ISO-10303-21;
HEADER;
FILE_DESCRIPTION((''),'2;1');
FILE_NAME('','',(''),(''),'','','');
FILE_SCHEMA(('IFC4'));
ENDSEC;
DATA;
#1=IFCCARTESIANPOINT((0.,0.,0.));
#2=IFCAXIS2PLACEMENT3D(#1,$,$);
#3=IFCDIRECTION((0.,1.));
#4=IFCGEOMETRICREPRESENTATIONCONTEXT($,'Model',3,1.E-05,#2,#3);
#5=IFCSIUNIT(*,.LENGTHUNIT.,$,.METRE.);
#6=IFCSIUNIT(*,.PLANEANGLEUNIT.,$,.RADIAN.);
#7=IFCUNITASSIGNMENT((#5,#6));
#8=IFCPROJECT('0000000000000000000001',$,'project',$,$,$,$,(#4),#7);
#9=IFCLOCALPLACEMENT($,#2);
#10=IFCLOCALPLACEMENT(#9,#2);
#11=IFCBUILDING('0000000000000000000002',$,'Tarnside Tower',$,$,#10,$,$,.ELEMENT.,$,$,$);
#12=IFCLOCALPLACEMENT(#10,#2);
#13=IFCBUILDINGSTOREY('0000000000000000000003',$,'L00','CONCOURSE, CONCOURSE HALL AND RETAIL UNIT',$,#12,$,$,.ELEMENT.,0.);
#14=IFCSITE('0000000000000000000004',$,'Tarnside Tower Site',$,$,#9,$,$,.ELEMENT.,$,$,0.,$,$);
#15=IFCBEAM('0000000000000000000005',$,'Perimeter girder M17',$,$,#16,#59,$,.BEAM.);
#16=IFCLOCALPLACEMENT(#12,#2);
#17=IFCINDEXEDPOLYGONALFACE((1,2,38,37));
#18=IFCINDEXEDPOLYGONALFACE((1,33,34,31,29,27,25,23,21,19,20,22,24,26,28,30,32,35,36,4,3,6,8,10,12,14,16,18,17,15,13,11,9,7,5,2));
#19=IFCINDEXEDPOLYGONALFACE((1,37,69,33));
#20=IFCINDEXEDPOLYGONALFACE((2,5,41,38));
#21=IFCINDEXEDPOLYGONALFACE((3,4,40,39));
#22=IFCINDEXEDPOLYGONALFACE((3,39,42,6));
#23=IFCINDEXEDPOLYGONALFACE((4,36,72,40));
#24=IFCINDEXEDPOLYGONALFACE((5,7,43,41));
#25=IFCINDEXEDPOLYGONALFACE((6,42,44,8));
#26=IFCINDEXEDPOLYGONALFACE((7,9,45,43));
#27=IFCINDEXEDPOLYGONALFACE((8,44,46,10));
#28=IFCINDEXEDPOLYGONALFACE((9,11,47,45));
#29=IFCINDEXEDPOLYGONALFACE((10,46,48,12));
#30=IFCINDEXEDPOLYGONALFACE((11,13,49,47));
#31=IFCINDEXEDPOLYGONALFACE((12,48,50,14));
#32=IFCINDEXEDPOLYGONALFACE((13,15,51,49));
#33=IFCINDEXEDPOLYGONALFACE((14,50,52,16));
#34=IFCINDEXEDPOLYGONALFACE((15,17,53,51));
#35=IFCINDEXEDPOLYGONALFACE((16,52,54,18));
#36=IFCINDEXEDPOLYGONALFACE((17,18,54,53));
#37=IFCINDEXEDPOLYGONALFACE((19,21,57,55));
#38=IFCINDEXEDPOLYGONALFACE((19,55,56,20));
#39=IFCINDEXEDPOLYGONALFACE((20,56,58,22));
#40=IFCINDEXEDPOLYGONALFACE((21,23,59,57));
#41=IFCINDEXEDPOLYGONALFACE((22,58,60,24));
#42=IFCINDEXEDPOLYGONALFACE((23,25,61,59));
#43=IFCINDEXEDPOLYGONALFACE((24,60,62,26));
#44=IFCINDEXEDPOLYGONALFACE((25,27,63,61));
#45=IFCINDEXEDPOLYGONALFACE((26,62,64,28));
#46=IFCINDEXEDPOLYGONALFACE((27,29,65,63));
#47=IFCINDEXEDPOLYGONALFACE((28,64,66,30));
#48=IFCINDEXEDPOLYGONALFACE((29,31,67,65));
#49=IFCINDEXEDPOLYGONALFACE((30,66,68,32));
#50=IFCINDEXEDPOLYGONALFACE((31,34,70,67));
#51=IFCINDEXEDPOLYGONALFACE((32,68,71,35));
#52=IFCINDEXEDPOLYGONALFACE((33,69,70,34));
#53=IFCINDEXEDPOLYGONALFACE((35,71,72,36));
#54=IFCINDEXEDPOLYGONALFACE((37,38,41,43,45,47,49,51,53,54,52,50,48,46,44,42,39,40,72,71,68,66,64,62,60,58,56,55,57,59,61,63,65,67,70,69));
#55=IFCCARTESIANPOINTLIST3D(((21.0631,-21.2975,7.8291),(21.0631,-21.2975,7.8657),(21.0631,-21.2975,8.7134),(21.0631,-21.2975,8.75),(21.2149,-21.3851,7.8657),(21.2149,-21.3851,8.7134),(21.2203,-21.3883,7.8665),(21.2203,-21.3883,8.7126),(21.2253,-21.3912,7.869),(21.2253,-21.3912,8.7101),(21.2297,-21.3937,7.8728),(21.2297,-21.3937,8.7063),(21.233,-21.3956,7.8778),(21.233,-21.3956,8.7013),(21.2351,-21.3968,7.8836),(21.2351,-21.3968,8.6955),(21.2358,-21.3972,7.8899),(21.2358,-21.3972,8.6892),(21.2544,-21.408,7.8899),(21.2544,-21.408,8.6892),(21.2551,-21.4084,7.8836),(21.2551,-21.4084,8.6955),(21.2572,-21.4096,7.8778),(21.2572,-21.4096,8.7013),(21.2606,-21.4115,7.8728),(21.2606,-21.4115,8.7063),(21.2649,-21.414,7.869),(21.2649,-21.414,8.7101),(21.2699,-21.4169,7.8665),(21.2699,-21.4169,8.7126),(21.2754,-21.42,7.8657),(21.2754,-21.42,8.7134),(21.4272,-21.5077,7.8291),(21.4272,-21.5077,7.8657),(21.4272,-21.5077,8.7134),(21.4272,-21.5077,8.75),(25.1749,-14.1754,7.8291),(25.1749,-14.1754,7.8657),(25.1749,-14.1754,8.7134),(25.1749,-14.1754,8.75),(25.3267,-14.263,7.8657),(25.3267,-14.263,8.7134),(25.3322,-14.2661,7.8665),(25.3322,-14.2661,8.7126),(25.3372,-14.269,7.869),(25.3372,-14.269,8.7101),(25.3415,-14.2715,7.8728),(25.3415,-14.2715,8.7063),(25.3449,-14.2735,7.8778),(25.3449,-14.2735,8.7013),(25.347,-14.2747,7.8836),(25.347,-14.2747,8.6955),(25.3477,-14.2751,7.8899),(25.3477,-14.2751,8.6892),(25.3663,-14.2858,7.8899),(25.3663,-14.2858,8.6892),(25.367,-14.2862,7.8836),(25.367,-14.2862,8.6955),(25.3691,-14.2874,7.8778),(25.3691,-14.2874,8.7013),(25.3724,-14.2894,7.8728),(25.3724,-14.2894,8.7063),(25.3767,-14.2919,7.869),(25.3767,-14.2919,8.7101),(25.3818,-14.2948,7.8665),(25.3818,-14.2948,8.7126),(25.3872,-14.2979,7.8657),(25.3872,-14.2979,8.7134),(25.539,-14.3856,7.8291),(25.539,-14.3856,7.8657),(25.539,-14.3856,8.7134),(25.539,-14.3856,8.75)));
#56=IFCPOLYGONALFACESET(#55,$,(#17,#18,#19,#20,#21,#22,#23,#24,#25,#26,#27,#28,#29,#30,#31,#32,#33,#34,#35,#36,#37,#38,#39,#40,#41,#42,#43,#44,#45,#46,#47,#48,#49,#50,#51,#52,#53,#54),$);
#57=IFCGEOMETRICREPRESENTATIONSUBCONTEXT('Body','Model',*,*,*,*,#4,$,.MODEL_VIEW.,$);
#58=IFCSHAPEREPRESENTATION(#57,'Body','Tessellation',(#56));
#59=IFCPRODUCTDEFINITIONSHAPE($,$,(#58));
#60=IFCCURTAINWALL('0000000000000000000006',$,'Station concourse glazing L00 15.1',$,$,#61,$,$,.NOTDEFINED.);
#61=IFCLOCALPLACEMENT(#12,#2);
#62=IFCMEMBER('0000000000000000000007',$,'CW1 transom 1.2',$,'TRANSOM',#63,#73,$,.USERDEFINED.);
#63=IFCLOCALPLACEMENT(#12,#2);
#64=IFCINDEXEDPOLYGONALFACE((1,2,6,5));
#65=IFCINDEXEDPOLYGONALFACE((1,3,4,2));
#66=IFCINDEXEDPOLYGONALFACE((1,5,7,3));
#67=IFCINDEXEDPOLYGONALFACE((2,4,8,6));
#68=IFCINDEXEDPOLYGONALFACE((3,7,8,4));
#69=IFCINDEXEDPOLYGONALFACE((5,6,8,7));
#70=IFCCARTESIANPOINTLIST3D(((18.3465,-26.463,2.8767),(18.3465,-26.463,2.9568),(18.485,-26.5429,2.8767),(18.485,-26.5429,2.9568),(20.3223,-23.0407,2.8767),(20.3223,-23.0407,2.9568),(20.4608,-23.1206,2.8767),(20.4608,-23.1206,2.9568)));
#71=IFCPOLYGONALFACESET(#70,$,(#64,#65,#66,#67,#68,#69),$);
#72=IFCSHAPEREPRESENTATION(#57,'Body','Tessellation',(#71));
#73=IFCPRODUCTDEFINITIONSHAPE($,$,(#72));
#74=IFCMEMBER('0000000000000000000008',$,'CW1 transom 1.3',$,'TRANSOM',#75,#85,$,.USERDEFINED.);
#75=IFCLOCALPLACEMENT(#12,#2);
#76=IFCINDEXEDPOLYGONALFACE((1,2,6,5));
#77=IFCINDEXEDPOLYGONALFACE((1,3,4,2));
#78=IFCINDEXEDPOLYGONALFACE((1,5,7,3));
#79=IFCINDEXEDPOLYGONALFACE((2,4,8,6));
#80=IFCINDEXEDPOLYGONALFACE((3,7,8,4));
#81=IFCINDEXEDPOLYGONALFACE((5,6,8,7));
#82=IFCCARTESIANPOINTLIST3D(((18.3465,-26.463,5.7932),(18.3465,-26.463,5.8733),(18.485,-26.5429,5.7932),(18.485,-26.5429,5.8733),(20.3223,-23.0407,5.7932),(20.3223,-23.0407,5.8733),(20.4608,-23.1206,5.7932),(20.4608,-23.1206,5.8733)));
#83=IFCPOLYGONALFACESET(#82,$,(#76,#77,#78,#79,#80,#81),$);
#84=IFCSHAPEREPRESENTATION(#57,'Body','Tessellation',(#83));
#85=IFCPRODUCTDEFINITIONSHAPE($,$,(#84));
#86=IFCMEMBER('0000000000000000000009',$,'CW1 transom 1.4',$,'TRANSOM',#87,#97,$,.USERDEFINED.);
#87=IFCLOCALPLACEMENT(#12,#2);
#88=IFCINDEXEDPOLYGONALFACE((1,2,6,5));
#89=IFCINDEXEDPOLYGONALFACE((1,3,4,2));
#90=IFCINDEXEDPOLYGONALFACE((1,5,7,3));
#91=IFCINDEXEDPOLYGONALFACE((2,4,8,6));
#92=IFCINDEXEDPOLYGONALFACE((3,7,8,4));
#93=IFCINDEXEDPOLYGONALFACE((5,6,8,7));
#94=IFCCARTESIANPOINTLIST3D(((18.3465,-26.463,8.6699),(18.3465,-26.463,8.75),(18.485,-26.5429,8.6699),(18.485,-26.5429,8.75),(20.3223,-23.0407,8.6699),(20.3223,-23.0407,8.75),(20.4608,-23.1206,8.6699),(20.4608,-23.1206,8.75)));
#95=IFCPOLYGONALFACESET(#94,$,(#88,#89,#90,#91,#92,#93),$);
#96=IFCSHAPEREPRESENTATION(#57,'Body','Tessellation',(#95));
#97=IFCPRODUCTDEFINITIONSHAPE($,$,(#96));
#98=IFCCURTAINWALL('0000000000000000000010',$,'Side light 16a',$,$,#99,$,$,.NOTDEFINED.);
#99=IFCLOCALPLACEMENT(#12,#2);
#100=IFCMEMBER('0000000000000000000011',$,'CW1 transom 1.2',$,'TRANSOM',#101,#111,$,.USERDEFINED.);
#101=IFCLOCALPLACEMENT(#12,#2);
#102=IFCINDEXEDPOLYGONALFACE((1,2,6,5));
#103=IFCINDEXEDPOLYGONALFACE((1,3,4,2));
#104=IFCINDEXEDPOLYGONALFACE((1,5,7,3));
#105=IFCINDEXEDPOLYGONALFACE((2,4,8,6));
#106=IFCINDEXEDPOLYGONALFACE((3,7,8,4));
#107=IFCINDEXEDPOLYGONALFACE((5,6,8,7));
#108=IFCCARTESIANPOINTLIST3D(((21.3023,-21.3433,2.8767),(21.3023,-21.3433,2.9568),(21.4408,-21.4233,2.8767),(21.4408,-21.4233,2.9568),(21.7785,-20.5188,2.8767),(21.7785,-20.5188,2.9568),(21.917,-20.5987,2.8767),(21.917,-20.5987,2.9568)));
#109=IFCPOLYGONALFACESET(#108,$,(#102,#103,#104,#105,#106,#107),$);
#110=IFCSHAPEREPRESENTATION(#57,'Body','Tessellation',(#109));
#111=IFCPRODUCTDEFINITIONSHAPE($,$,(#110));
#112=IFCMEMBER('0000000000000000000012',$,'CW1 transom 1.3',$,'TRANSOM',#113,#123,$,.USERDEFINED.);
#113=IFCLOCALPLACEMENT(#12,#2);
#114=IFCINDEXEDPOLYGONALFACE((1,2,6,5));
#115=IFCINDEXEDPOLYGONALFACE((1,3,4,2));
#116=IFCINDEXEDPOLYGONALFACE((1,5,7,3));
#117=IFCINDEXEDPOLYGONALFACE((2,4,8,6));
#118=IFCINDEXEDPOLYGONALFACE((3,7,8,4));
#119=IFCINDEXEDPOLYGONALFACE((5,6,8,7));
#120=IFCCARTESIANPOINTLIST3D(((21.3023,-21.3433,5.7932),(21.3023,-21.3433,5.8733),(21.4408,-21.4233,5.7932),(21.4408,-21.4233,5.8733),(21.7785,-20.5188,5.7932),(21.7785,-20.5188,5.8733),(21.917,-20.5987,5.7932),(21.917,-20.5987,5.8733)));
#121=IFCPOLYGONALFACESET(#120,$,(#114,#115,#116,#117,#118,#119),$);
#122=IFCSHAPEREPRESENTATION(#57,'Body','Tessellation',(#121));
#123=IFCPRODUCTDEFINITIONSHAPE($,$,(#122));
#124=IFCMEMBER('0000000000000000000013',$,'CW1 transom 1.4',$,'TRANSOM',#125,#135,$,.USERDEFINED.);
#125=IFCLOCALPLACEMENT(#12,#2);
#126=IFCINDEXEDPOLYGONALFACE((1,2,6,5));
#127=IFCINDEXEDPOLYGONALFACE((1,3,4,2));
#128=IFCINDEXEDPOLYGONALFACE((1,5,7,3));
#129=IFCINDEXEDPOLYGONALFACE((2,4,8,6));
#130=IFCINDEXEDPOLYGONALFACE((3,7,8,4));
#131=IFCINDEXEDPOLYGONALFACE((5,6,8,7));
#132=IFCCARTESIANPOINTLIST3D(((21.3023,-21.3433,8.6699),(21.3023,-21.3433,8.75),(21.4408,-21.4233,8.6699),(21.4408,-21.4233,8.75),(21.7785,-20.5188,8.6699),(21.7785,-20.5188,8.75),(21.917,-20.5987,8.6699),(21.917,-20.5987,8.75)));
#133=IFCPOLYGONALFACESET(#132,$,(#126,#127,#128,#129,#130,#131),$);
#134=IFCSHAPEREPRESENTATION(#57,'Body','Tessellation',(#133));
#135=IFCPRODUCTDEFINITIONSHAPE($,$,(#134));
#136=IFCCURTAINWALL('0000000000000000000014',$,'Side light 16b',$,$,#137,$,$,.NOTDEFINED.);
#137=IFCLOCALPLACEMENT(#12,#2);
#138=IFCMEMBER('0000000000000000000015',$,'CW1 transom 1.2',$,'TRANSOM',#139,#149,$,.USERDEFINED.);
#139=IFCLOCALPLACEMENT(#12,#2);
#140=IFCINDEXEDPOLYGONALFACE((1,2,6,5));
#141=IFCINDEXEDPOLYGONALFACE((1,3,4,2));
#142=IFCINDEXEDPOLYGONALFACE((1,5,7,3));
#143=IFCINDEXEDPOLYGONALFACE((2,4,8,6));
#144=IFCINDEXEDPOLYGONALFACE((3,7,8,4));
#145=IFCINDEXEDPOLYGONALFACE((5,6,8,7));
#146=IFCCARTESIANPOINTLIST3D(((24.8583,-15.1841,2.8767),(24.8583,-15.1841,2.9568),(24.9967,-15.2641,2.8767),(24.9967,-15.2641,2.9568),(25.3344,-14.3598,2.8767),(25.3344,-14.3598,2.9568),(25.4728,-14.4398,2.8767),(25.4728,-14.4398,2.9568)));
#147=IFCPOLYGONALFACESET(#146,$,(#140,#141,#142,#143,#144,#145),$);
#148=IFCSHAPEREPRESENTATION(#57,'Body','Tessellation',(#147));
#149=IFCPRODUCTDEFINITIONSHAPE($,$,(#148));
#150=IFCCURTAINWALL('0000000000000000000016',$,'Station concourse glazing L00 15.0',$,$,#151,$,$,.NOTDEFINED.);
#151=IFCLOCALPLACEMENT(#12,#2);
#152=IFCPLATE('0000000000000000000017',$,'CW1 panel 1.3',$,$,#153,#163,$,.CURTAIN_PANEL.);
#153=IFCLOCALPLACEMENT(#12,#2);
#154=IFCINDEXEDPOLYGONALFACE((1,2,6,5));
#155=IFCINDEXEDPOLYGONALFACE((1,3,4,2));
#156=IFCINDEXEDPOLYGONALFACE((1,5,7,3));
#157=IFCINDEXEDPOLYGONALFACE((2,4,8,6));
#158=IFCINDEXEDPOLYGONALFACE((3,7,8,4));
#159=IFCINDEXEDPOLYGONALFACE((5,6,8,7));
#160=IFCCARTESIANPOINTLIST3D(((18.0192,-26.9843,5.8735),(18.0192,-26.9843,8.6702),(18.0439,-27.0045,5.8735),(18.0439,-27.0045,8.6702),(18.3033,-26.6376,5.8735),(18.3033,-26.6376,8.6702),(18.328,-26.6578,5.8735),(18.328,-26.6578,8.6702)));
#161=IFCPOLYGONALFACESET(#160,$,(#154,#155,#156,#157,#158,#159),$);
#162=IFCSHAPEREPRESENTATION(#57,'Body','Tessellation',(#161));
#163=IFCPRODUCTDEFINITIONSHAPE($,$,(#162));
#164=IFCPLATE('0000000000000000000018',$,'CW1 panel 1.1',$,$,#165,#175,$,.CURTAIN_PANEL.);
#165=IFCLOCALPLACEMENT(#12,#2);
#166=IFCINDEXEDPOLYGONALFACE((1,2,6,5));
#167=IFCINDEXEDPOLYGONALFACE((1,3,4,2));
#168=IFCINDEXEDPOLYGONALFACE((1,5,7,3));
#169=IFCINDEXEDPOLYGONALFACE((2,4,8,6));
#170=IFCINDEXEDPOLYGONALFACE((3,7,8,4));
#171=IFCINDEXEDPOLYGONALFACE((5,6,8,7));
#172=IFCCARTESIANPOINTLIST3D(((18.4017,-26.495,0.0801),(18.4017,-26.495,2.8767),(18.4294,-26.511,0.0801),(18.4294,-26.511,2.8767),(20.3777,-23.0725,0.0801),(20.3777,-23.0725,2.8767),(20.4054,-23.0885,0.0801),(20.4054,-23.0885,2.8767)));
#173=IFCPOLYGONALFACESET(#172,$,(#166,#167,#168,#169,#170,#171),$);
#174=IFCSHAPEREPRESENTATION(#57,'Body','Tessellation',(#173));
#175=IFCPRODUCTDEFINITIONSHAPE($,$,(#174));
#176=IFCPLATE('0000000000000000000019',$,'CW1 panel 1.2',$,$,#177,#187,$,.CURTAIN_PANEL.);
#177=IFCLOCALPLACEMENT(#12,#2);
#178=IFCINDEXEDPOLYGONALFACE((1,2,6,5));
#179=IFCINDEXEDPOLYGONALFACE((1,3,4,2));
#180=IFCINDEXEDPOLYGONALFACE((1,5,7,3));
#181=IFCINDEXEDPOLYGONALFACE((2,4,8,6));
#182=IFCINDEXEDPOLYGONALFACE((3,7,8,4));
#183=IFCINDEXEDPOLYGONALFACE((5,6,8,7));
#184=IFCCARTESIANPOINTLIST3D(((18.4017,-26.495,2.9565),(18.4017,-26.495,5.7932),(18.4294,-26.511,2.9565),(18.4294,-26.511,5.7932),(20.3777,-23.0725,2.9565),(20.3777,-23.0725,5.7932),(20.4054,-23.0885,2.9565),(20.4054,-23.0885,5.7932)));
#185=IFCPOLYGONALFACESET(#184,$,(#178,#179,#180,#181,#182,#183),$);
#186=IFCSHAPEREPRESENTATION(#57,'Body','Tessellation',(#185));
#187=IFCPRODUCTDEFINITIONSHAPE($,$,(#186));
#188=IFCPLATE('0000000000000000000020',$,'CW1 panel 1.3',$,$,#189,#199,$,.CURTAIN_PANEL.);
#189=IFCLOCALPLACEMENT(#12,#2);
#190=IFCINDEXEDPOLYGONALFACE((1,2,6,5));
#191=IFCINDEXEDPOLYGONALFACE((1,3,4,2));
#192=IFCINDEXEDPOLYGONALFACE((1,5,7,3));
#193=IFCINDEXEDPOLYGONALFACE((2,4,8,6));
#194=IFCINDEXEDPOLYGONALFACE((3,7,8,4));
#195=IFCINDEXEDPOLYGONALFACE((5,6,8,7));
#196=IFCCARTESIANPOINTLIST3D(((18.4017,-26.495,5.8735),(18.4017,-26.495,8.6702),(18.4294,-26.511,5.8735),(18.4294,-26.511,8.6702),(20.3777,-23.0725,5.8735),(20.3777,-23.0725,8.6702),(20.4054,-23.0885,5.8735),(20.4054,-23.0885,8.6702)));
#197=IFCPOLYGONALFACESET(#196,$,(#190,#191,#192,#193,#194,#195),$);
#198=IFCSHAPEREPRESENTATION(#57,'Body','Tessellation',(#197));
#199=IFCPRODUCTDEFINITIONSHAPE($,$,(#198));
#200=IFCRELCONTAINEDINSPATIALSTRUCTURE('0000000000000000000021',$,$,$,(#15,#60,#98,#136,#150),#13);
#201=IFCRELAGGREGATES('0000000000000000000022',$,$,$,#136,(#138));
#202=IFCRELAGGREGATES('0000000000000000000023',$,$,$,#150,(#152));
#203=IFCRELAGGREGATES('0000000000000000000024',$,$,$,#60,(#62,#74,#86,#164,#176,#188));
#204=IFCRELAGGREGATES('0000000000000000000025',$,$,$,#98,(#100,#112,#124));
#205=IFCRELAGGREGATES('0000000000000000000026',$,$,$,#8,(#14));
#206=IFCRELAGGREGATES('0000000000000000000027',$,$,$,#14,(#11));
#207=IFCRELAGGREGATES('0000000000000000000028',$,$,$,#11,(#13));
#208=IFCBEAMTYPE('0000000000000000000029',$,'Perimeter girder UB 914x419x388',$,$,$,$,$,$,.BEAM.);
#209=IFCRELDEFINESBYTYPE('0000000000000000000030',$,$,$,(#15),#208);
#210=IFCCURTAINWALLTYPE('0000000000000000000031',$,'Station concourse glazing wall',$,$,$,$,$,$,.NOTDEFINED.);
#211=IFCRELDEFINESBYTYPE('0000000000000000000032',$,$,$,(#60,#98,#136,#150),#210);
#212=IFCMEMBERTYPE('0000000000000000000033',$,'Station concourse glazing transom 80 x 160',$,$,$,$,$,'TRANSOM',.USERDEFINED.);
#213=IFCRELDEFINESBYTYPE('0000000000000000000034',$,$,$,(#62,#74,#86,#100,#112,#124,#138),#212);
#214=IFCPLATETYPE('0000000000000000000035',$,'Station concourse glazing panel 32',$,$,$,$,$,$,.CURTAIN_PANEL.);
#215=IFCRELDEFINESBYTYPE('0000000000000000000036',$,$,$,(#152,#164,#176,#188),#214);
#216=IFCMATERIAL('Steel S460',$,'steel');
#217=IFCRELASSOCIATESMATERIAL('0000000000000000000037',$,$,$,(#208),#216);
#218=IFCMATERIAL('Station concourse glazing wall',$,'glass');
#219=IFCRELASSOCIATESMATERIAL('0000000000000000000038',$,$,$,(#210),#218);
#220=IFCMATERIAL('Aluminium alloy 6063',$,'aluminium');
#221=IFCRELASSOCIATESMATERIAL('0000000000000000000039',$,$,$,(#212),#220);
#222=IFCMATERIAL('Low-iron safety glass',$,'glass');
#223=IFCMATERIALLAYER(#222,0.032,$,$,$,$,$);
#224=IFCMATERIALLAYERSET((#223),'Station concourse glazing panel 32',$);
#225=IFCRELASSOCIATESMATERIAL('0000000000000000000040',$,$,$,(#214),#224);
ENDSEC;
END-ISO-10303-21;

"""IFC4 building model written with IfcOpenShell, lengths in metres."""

from ifc_helpers import new_model, si_unit, direction, frame, origin, origin_2d, place, context, subcontext, project, spatial, rectangle, i_section, extrude, material, layer, layer_set, material_profile, profile_set, type_object, element, aggregate, save


model = new_model("IFC4")

# Units and contexts
model_context = context("Model", 3, precision=1e-05, world=origin(), true_north=direction((0.0, 1.0)))
body_context = subcontext(model_context, "Body", "Model", "MODEL_VIEW")
ifc_project = project(units=[si_unit("LENGTHUNIT", "METRE"), si_unit("PLANEANGLEUNIT", "RADIAN")], contexts=[model_context])

# Site, building, storey
site_placement = place(None, origin())
site = spatial("IfcSite", under=ifc_project, at=site_placement, Name="Tarnside Tower Site", CompositionType="ELEMENT", RefElevation=0.0)
building_placement = place(site_placement, origin())
building = spatial("IfcBuilding", under=site, at=building_placement, Name="Tarnside Tower", CompositionType="ELEMENT")
storey_placement = place(building_placement, origin())
storey = spatial("IfcBuildingStorey", under=building, at=storey_placement, Name="L00", Description="CONCOURSE, CONCOURSE HALL AND RETAIL UNIT", CompositionType="ELEMENT", Elevation=0.0)

# Beam
ifc_material_1 = material(Name="Steel S460", Category="steel")
ifc_material_profile_1 = material_profile(ifc_material_1, i_section(OverallWidth=0.4204, OverallDepth=0.9209, WebThickness=0.0215, FlangeThickness=0.0366, FilletRadius=0.0242, at=origin_2d()), Name="UB 914x419x388")
ifc_profile_set_1 = profile_set([ifc_material_profile_1], Name="Steel S460")
beam_type_1 = type_object("IfcBeamType", Name="Perimeter girder UB 914x419x388", PredefinedType="BEAM", material=ifc_profile_set_1)
beam_1_placement = place(storey_placement, frame((21.2451, -21.4026, 8.2896), z_axis=(0.49999, 0.866031, 0.0), x_axis=(-0.866031, 0.49999, 0.0)))
element("IfcBeam", 1, at=beam_1_placement, inside=storey, type_object=beam_type_1, Name="Perimeter girder M17", PredefinedType="BEAM", context=body_context, shape_type="SweptSolid", body=[
    extrude(i_section(OverallWidth=0.4204, OverallDepth=0.9209, WebThickness=0.0215, FlangeThickness=0.0366, FilletRadius=0.0242, at=origin_2d()), origin(), (0.0, 0.0, 1.0), 8.2239),
])

# Curtain walls, members
ifc_material_2 = material(Name="Station concourse glazing wall", Category="glass")
curtain_wall_type = type_object("IfcCurtainWallType", Name="Station concourse glazing wall", PredefinedType="NOTDEFINED", material=ifc_material_2)
curtain_wall_1_placement = place(storey_placement, origin())
curtain_wall_1 = element("IfcCurtainWall", 2, at=curtain_wall_1_placement, inside=storey, type_object=curtain_wall_type, Name="Station concourse glazing L00 15.1", PredefinedType="NOTDEFINED")
ifc_material_3 = material(Name="Aluminium alloy 6063", Category="aluminium")
ifc_material_profile_2 = material_profile(ifc_material_3, rectangle(XDim=0.1599, YDim=0.0801, at=origin_2d()), Name="Station concourse glazing transom 80 x 160")
ifc_profile_set_2 = profile_set([ifc_material_profile_2], Name="Aluminium alloy 6063")
member_type = type_object("IfcMemberType", Name="Station concourse glazing transom 80 x 160", ElementType="TRANSOM", PredefinedType="USERDEFINED", material=ifc_profile_set_2)
member_1_placement = place(storey_placement, frame((18.4158, -26.5029, 2.9167), z_axis=(0.499986, 0.866033, 0.0), x_axis=(-0.866033, 0.499986, 0.0)))
member_1 = element("IfcMember", 3, at=member_1_placement, type_object=member_type, Name="CW1 transom 1.2", ObjectType="TRANSOM", PredefinedType="USERDEFINED", context=body_context, shape_type="SweptSolid", body=[
    extrude(rectangle(XDim=0.1599, YDim=0.0801, at=origin_2d()), origin(), (0.0, 0.0, 1.0), 3.9517),
])
member_2_placement = place(storey_placement, frame((18.4158, -26.5029, 5.8333), z_axis=(0.499986, 0.866033, 0.0), x_axis=(-0.866033, 0.499986, 0.0)))
member_2 = element("IfcMember", 4, at=member_2_placement, type_object=member_type, Name="CW1 transom 1.3", ObjectType="TRANSOM", PredefinedType="USERDEFINED", context=body_context, shape_type="SweptSolid", body=[
    extrude(rectangle(XDim=0.1599, YDim=0.0801, at=origin_2d()), origin(), (0.0, 0.0, 1.0), 3.9517),
])
member_3_placement = place(storey_placement, frame((18.4158, -26.5029, 8.71), z_axis=(0.499986, 0.866033, 0.0), x_axis=(-0.866033, 0.499986, 0.0)))
member_3 = element("IfcMember", 5, at=member_3_placement, type_object=member_type, Name="CW1 transom 1.4", ObjectType="TRANSOM", PredefinedType="USERDEFINED", context=body_context, shape_type="SweptSolid", body=[
    extrude(rectangle(XDim=0.1599, YDim=0.0801, at=origin_2d()), origin(), (0.0, 0.0, 1.0), 3.9517),
])
curtain_wall_2_placement = place(storey_placement, origin())
curtain_wall_2 = element("IfcCurtainWall", 6, at=curtain_wall_2_placement, inside=storey, type_object=curtain_wall_type, Name="Side light 16a", PredefinedType="NOTDEFINED")
member_4_placement = place(storey_placement, frame((21.3716, -21.3833, 2.9167), z_axis=(0.500055, 0.865993, 0.0), x_axis=(-0.865993, 0.500055, 0.0)))
member_4 = element("IfcMember", 7, at=member_4_placement, type_object=member_type, Name="CW1 transom 1.2", ObjectType="TRANSOM", PredefinedType="USERDEFINED", context=body_context, shape_type="SweptSolid", body=[
    extrude(rectangle(XDim=0.1599, YDim=0.0801, at=origin_2d()), origin(), (0.0, 0.0, 1.0), 0.9521),
])
member_5_placement = place(storey_placement, frame((21.3716, -21.3833, 5.8333), z_axis=(0.500055, 0.865993, 0.0), x_axis=(-0.865993, 0.500055, 0.0)))
member_5 = element("IfcMember", 8, at=member_5_placement, type_object=member_type, Name="CW1 transom 1.3", ObjectType="TRANSOM", PredefinedType="USERDEFINED", context=body_context, shape_type="SweptSolid", body=[
    extrude(rectangle(XDim=0.1599, YDim=0.0801, at=origin_2d()), origin(), (0.0, 0.0, 1.0), 0.9521),
])
member_6_placement = place(storey_placement, frame((21.3716, -21.3833, 8.71), z_axis=(0.500055, 0.865993, 0.0), x_axis=(-0.865993, 0.500055, 0.0)))
member_6 = element("IfcMember", 9, at=member_6_placement, type_object=member_type, Name="CW1 transom 1.4", ObjectType="TRANSOM", PredefinedType="USERDEFINED", context=body_context, shape_type="SweptSolid", body=[
    extrude(rectangle(XDim=0.1599, YDim=0.0801, at=origin_2d()), origin(), (0.0, 0.0, 1.0), 0.9521),
])

# Curtain wall, member
curtain_wall_3_placement = place(storey_placement, origin())
curtain_wall_3 = element("IfcCurtainWall", 10, at=curtain_wall_3_placement, inside=storey, type_object=curtain_wall_type, Name="Side light 16b", PredefinedType="NOTDEFINED")
member_7_placement = place(storey_placement, frame((24.9275, -15.2241, 2.9167), z_axis=(0.500166, 0.865929, 0.0), x_axis=(-0.865929, 0.500166, 0.0)))
member_7 = element("IfcMember", 11, at=member_7_placement, type_object=member_type, Name="CW1 transom 1.2", ObjectType="TRANSOM", PredefinedType="USERDEFINED", context=body_context, shape_type="SweptSolid", body=[
    extrude(rectangle(XDim=0.1599, YDim=0.0801, at=origin_2d()), origin(), (0.0, 0.0, 1.0), 0.9519),
])
aggregate(curtain_wall_3, [member_7])

# Curtain wall, plate
curtain_wall_4_placement = place(storey_placement, origin())
curtain_wall_4 = element("IfcCurtainWall", 12, at=curtain_wall_4_placement, inside=storey, type_object=curtain_wall_type, Name="Station concourse glazing L00 15.0", PredefinedType="NOTDEFINED")
ifc_material_4 = material(Name="Low-iron safety glass", Category="glass")
ifc_layer = layer(ifc_material_4, 0.032)
ifc_layer_set = layer_set([ifc_layer], Name="Station concourse glazing panel 32")
plate_type = type_object("IfcPlateType", Name="Station concourse glazing panel 32", PredefinedType="CURTAIN_PANEL", material=ifc_layer_set)
plate_1_placement = place(storey_placement, frame((18.1736, -26.821, 5.8735), z_axis=(0.0, 0.0, 1.0), x_axis=(0.633831, 0.773472, 0.0)))
plate_1 = element("IfcPlate", 13, at=plate_1_placement, type_object=plate_type, Name="CW1 panel 1.3", PredefinedType="CURTAIN_PANEL", context=body_context, shape_type="SweptSolid", body=[
    extrude(rectangle(XDim=0.4482, YDim=0.032, at=origin_2d()), origin(), (0.0, 0.0, 1.0), 2.7966),
])
aggregate(curtain_wall_4, [plate_1])

# Plates
plate_2_placement = place(storey_placement, frame((19.4036, -24.7917, 0.0801), z_axis=(0.0, 0.0, 1.0), x_axis=(0.5, 0.866025, 0.0)))
plate_2 = element("IfcPlate", 14, at=plate_2_placement, type_object=plate_type, Name="CW1 panel 1.1", PredefinedType="CURTAIN_PANEL", context=body_context, shape_type="SweptSolid", body=[
    extrude(rectangle(XDim=3.9519, YDim=0.032, at=origin_2d()), origin(), (0.0, 0.0, 1.0), 2.7966),
])
plate_3_placement = place(storey_placement, frame((19.4036, -24.7917, 2.9565), z_axis=(0.0, 0.0, 1.0), x_axis=(0.5, 0.866025, 0.0)))
plate_3 = element("IfcPlate", 15, at=plate_3_placement, type_object=plate_type, Name="CW1 panel 1.2", PredefinedType="CURTAIN_PANEL", context=body_context, shape_type="SweptSolid", body=[
    extrude(rectangle(XDim=3.9519, YDim=0.032, at=origin_2d()), origin(), (0.0, 0.0, 1.0), 2.8367),
])
plate_4_placement = place(storey_placement, frame((19.4036, -24.7917, 5.8735), z_axis=(0.0, 0.0, 1.0), x_axis=(0.5, 0.866025, 0.0)))
plate_4 = element("IfcPlate", 16, at=plate_4_placement, type_object=plate_type, Name="CW1 panel 1.3", PredefinedType="CURTAIN_PANEL", context=body_context, shape_type="SweptSolid", body=[
    extrude(rectangle(XDim=3.9519, YDim=0.032, at=origin_2d()), origin(), (0.0, 0.0, 1.0), 2.7966),
])
aggregate(curtain_wall_1, [member_1, member_2, member_3, plate_2, plate_3, plate_4])
aggregate(curtain_wall_2, [member_4, member_5, member_6])

save(model, "model.ifc")
